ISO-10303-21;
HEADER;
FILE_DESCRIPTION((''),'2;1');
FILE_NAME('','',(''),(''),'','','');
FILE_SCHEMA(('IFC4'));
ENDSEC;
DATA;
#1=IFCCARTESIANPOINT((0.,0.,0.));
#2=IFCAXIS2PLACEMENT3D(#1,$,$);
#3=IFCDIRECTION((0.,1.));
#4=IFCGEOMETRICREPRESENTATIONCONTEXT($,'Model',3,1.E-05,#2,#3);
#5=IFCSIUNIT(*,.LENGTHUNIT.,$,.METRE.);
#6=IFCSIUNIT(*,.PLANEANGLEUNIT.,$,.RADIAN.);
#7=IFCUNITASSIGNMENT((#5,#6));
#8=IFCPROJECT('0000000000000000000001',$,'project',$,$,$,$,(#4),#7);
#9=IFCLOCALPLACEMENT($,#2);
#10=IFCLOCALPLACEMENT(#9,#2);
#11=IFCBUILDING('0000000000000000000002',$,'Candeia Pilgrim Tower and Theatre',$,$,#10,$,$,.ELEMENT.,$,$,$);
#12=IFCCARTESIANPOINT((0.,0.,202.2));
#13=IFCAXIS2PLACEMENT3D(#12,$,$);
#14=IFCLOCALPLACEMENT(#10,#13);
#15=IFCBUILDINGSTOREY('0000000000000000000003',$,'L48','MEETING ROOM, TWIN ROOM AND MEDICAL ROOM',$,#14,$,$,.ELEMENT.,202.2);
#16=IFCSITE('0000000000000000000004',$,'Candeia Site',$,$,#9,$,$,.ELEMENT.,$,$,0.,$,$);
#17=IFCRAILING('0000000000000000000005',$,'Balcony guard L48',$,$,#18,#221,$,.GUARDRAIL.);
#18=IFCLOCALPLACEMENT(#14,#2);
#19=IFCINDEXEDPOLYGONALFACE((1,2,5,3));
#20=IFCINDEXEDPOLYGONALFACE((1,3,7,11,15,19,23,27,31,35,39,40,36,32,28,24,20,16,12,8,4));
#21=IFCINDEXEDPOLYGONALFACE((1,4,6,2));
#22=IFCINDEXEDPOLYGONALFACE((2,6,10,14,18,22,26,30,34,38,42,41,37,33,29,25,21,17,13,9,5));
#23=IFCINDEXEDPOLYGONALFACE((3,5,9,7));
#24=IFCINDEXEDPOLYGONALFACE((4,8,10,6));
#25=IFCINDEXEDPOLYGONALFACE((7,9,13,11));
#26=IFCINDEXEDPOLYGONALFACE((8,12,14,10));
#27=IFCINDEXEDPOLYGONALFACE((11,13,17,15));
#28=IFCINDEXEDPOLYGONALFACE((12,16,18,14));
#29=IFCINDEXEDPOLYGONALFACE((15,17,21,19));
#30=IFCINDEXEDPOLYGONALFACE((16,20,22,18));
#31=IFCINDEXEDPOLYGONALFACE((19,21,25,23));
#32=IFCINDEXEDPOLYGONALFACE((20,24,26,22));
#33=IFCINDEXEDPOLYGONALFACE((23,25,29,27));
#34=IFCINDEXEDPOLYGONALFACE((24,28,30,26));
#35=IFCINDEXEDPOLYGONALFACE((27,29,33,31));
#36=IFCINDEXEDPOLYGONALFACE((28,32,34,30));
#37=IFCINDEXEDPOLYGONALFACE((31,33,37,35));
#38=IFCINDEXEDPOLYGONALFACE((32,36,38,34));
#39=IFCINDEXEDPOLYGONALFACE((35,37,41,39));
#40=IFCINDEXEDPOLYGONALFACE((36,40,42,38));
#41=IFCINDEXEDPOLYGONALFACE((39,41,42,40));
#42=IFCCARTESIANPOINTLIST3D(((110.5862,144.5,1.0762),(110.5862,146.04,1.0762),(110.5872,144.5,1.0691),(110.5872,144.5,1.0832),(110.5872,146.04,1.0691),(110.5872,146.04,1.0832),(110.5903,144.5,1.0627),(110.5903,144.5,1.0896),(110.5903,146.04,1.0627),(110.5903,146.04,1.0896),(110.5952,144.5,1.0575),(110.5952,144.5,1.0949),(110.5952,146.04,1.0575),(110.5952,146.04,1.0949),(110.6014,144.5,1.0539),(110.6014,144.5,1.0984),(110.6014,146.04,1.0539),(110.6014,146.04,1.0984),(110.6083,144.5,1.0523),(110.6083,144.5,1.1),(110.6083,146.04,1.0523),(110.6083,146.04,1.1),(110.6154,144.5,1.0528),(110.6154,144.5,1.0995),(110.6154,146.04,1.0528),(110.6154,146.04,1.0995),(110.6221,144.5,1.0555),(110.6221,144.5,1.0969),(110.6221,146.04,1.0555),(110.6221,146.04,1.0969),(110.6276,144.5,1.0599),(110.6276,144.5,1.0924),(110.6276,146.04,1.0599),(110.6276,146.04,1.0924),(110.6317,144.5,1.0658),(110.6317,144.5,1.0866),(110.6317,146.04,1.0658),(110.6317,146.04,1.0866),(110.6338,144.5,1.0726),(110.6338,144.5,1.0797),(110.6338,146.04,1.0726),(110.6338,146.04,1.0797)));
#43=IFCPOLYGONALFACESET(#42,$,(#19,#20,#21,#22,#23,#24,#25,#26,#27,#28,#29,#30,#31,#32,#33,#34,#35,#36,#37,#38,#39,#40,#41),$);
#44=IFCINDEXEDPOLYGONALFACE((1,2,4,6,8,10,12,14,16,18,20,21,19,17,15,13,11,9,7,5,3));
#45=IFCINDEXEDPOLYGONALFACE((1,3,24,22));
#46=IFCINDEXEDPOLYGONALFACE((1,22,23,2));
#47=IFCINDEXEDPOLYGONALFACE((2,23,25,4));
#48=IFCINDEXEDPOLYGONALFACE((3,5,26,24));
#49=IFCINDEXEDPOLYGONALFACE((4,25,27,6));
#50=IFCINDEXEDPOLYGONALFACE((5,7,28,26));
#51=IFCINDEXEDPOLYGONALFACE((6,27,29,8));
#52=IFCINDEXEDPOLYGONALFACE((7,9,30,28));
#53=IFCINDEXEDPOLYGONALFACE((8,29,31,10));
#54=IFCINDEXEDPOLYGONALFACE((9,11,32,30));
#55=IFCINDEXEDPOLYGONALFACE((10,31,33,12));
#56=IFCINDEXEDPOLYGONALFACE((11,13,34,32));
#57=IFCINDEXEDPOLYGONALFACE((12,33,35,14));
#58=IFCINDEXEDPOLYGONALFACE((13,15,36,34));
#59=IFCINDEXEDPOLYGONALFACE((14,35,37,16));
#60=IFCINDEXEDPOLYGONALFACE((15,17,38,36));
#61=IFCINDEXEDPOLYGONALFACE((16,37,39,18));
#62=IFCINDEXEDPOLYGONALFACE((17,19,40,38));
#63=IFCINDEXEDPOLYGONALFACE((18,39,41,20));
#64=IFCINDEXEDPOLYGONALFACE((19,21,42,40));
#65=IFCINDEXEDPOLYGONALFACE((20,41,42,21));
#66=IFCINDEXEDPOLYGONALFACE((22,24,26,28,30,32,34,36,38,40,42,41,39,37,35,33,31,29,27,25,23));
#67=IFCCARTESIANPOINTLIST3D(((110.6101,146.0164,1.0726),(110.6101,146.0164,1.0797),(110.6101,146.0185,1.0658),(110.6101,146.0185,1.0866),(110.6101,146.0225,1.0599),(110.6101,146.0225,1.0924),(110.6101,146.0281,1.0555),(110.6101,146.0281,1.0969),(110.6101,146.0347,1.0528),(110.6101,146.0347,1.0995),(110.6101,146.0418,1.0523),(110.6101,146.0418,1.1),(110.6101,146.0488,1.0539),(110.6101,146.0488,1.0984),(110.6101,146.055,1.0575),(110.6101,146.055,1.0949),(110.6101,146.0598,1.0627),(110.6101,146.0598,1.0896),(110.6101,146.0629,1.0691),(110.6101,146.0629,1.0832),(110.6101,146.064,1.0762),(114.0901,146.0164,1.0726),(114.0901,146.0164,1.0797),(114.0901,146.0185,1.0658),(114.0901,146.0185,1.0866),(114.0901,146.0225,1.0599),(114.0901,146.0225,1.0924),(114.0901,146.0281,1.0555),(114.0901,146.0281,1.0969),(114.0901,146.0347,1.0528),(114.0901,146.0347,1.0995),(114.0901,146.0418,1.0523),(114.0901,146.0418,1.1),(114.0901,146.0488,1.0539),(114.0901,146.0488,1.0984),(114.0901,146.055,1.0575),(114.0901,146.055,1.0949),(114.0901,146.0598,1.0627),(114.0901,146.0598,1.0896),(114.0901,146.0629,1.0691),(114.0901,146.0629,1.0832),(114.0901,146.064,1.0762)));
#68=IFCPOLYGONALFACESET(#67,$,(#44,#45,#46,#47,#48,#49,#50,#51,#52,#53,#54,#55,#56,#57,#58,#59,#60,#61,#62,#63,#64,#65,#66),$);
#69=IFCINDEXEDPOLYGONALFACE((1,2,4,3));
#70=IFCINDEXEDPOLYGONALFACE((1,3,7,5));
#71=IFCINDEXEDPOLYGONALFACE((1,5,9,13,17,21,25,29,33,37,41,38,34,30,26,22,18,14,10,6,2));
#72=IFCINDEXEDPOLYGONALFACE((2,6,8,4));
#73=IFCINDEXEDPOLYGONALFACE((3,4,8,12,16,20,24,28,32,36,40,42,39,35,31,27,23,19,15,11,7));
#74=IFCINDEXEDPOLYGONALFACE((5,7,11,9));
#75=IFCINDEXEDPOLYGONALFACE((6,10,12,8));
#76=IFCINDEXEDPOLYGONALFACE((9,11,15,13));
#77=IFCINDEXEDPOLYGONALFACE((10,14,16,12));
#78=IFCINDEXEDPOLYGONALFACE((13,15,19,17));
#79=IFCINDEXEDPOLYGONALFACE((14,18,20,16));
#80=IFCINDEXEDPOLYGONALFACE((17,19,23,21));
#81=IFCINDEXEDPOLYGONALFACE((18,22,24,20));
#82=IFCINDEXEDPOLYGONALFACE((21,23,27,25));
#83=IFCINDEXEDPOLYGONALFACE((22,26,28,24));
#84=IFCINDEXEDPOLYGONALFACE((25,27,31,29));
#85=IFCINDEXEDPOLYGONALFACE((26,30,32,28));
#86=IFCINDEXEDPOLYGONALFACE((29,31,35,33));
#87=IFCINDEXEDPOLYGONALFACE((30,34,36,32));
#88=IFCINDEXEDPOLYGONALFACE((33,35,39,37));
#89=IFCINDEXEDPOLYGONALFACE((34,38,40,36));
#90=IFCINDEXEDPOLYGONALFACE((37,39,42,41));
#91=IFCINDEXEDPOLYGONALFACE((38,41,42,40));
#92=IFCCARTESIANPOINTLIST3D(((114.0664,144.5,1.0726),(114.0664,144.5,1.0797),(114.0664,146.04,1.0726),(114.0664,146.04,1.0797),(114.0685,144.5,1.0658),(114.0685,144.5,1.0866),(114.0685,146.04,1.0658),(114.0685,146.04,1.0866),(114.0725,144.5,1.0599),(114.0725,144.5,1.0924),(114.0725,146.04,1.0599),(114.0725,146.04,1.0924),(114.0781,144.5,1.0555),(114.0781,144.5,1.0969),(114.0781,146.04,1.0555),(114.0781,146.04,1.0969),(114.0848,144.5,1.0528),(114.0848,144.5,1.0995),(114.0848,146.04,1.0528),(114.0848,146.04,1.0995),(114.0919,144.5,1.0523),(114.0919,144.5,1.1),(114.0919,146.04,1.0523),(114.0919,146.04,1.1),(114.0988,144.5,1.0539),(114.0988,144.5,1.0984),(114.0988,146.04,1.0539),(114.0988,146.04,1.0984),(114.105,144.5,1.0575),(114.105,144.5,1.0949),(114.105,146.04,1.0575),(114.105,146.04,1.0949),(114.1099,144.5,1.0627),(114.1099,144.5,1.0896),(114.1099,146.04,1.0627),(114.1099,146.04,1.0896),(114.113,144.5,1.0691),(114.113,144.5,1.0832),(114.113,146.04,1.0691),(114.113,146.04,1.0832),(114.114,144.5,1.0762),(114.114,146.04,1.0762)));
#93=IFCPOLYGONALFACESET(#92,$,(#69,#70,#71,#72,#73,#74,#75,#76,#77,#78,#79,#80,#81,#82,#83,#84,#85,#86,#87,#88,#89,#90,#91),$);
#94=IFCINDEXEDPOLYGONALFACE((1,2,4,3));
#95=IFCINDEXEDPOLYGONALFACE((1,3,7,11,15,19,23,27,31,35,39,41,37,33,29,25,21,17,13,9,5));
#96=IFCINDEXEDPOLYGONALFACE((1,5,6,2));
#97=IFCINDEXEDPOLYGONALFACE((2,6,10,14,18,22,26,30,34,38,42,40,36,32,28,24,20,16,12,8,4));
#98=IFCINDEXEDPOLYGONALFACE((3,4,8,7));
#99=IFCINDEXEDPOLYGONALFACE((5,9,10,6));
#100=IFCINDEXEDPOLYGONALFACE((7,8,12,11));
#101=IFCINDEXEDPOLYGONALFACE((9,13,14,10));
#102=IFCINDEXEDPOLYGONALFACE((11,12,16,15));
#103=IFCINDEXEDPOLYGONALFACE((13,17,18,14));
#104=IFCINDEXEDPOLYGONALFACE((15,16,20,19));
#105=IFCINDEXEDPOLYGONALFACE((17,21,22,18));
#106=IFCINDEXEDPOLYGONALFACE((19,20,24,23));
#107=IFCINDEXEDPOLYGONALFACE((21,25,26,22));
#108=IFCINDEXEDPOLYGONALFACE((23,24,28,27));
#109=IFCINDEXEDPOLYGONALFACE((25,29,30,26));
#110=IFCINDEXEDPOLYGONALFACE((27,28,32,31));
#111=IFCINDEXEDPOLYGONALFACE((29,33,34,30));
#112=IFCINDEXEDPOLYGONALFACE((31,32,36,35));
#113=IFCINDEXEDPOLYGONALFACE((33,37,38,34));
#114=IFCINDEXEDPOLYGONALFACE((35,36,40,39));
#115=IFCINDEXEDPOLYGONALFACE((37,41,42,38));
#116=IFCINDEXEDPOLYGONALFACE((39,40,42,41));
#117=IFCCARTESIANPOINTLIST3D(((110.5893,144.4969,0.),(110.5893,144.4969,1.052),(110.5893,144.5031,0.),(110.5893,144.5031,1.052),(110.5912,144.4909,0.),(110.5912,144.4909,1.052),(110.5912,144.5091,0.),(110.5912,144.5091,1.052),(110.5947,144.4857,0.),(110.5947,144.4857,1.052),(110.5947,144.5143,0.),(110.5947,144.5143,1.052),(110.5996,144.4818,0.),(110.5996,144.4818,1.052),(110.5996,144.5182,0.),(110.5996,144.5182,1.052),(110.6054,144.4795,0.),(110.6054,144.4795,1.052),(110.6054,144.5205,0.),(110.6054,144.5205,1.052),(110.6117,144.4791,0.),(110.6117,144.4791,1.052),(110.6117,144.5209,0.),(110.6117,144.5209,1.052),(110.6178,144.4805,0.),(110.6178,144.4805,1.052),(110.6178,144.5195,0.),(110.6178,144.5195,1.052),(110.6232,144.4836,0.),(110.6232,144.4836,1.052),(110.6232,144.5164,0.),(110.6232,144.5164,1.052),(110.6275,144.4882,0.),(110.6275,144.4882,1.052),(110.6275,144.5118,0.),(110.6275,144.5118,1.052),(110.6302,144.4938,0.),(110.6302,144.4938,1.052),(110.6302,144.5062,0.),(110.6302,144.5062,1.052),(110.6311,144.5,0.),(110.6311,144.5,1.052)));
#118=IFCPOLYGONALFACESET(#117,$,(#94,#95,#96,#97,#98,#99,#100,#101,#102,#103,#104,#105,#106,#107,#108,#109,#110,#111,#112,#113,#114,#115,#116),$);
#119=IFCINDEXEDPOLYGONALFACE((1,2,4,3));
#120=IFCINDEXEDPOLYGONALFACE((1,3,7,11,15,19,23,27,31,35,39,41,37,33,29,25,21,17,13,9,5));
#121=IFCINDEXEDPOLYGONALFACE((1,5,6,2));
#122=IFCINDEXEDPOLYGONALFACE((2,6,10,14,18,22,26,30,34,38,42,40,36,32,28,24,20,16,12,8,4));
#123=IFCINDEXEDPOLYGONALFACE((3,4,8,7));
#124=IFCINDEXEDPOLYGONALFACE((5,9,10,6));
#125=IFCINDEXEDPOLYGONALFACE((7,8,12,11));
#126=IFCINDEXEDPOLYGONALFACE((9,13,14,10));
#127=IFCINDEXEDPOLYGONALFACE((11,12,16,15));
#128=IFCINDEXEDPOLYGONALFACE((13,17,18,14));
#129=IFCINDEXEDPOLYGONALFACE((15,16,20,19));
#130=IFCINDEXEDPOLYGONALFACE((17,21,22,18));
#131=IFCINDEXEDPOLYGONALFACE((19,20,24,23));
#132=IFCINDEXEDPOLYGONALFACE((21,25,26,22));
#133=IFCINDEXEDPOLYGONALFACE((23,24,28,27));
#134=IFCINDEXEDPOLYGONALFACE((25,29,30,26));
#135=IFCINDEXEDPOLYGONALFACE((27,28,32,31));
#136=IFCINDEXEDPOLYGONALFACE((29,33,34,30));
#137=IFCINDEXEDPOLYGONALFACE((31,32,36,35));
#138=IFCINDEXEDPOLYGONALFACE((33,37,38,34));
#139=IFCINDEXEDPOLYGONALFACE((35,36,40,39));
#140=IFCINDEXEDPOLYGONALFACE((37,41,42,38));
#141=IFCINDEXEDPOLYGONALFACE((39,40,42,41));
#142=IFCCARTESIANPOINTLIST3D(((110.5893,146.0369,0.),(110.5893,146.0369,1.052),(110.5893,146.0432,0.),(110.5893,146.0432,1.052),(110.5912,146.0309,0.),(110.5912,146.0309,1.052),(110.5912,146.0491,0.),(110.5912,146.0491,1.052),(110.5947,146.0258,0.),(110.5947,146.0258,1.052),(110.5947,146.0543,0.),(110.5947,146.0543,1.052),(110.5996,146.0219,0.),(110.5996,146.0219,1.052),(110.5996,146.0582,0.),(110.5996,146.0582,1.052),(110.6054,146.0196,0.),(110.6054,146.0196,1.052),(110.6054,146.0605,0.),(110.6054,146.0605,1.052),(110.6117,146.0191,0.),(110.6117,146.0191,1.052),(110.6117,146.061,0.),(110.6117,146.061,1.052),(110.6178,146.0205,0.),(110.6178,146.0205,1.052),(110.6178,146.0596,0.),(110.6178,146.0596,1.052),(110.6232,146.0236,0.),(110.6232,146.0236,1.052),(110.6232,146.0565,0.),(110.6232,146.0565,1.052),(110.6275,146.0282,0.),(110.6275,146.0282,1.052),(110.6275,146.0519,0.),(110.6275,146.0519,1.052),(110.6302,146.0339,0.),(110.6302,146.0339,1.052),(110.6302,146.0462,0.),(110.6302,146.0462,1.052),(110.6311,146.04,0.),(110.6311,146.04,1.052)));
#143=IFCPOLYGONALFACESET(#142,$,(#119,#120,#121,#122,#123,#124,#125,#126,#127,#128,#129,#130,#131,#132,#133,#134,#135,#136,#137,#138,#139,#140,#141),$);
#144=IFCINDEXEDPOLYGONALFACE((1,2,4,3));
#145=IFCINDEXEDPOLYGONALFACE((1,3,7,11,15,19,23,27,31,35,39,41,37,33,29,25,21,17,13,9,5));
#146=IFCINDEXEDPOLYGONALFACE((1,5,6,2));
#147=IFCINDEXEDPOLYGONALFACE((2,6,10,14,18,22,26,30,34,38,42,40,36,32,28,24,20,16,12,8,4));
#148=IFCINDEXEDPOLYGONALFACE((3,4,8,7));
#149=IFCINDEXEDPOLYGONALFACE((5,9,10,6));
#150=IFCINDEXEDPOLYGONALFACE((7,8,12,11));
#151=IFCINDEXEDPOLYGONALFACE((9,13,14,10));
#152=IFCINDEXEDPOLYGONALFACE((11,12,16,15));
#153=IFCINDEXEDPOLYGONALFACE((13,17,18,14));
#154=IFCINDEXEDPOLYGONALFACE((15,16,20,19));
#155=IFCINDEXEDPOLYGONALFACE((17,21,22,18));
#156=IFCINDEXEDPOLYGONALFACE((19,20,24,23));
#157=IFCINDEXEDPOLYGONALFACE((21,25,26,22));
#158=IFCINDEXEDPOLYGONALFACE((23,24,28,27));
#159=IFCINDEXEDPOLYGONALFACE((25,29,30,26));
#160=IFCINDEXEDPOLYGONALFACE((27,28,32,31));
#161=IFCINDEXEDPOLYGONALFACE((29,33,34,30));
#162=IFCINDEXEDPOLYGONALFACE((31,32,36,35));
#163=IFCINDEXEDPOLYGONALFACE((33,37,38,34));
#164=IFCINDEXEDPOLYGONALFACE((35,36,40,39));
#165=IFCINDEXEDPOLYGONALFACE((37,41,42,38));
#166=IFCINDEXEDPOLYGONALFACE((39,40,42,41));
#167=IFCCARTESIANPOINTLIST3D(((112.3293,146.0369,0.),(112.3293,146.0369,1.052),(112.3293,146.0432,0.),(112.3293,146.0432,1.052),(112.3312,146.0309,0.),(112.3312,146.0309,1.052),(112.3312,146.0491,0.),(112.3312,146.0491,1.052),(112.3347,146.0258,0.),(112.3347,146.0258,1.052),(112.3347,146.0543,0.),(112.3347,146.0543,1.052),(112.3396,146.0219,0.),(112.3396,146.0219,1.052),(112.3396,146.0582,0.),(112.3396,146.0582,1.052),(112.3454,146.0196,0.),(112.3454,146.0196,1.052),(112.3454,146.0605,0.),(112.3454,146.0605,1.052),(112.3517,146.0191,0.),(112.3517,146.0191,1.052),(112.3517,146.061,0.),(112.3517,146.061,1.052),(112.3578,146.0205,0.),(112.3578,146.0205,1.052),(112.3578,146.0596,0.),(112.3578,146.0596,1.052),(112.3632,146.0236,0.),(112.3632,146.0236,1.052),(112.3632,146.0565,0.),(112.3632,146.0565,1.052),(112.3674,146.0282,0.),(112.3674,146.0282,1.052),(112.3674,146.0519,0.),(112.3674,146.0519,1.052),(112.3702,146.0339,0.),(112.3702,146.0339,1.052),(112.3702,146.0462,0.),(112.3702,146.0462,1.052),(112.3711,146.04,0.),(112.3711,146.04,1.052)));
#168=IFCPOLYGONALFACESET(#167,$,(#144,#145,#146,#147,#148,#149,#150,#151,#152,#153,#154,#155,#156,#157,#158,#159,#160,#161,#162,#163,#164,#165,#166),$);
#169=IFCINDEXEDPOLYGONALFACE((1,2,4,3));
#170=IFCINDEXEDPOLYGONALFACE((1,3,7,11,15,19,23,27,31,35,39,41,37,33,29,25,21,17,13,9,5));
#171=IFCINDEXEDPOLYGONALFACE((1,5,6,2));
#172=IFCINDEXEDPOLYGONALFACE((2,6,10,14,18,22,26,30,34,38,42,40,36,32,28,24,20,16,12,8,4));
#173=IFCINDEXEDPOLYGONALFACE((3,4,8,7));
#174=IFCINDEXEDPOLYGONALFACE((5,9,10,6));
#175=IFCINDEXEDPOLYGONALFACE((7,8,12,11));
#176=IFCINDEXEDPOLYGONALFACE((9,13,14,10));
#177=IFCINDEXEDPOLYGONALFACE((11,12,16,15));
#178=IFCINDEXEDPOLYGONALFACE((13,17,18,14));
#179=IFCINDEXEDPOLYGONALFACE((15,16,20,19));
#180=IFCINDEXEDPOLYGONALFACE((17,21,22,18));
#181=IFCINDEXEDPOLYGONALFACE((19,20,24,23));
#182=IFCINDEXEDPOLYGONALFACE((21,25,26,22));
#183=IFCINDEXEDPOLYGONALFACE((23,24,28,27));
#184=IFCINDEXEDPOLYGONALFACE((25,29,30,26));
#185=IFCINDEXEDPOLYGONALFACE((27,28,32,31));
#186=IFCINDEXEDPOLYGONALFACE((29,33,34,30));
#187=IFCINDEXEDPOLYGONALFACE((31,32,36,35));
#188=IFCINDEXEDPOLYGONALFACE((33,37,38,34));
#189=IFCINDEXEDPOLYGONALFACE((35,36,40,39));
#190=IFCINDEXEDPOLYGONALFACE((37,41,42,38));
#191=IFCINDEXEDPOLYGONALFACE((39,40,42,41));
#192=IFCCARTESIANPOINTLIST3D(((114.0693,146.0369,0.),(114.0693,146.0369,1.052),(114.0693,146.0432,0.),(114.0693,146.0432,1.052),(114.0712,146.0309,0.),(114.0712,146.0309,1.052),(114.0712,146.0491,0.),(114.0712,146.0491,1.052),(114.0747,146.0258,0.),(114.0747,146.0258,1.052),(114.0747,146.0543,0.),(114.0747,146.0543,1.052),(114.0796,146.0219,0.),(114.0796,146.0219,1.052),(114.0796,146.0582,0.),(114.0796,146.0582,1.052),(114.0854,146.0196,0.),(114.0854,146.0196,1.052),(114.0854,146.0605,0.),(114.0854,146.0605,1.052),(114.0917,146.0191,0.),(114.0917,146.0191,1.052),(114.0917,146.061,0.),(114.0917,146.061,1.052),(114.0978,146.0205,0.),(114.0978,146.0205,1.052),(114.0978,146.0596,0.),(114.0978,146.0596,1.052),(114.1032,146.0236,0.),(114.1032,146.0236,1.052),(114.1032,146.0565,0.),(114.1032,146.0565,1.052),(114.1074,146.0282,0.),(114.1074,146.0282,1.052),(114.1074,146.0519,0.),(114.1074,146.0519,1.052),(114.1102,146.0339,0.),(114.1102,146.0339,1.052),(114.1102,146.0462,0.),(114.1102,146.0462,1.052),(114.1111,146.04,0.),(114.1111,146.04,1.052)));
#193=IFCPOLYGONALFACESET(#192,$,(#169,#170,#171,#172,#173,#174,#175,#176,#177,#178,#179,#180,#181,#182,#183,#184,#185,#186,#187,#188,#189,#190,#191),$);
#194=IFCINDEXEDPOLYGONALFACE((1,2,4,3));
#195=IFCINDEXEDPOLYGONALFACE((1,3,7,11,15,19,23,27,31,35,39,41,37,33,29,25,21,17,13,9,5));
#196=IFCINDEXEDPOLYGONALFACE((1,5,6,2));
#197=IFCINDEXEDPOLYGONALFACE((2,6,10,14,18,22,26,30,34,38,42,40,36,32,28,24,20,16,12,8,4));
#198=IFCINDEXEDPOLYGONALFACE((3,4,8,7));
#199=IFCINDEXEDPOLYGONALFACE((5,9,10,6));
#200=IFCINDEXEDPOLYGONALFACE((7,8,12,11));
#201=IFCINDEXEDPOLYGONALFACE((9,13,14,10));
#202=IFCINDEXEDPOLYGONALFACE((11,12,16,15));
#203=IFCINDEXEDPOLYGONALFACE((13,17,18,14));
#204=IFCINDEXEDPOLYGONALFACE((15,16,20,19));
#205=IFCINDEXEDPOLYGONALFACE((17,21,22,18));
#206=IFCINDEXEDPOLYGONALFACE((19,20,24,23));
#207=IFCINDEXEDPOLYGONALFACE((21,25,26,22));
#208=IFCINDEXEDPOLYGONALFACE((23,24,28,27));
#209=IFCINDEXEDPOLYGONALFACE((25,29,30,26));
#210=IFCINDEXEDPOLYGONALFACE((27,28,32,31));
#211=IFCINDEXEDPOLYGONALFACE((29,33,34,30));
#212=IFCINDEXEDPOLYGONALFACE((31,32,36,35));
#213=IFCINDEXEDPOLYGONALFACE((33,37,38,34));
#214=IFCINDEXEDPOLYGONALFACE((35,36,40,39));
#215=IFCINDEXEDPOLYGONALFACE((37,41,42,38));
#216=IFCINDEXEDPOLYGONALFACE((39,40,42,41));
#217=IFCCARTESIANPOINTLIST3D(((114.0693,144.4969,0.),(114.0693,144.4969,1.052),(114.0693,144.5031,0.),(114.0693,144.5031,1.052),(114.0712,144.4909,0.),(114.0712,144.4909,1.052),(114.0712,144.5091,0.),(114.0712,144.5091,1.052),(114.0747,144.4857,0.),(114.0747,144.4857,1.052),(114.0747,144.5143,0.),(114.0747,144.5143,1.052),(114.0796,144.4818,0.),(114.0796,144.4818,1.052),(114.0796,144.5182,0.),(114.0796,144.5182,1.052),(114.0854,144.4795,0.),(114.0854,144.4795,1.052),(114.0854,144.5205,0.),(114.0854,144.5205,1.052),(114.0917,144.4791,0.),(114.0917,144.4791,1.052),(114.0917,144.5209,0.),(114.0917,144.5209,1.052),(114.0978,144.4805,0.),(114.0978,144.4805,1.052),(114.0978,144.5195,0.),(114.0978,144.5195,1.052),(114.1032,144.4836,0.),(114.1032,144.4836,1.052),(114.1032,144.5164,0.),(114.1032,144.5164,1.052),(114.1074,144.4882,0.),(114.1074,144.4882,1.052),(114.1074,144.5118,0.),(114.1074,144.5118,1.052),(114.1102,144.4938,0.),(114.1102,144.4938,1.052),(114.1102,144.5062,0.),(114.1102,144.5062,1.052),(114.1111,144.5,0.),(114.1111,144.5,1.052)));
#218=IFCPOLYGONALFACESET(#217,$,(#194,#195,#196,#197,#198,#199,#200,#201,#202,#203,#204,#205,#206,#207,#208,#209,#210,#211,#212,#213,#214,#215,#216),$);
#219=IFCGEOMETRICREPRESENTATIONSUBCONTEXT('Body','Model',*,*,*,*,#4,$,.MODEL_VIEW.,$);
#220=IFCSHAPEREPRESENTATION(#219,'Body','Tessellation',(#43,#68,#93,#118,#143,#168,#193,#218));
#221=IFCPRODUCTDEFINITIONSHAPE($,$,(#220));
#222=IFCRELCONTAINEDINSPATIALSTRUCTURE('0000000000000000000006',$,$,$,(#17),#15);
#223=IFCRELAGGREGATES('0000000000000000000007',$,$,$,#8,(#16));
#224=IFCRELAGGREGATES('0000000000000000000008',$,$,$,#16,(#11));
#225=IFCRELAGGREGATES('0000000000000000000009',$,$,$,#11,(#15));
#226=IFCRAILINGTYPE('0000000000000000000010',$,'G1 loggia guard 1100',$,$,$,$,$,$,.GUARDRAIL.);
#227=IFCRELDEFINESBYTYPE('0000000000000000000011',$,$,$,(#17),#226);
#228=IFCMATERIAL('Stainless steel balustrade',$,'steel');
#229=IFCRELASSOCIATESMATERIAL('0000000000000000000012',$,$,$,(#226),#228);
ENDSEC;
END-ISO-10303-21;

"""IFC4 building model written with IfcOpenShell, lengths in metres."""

from ifc_helpers import new_model, si_unit, direction, frame, origin, origin_2d, place, context, subcontext, project, spatial, circle, extrude, material, type_object, element, save


model = new_model("IFC4")

# Units and contexts
model_context = context("Model", 3, precision=1e-05, world=origin(), true_north=direction((0.0, 1.0)))
body_context = subcontext(model_context, "Body", "Model", "MODEL_VIEW")
ifc_project = project(units=[si_unit("LENGTHUNIT", "METRE"), si_unit("PLANEANGLEUNIT", "RADIAN")], contexts=[model_context])

# Site, building, storey
site_placement = place(None, origin())
site = spatial("IfcSite", under=ifc_project, at=site_placement, Name="Candeia Site", CompositionType="ELEMENT", RefElevation=0.0)
building_placement = place(site_placement, origin())
building = spatial("IfcBuilding", under=site, at=building_placement, Name="Candeia Pilgrim Tower and Theatre", CompositionType="ELEMENT")
storey_placement = place(building_placement, frame((0.0, 0.0, 202.2)))
storey = spatial("IfcBuildingStorey", under=building, at=storey_placement, Name="L48", Description="MEETING ROOM, TWIN ROOM AND MEDICAL ROOM", CompositionType="ELEMENT", Elevation=202.2)

# Railing
ifc_material_1 = material(Name="Stainless steel balustrade", Category="steel")
railing_type = type_object("IfcRailingType", Name="G1 loggia guard 1100", PredefinedType="GUARDRAIL", material=ifc_material_1)
railing_placement = place(storey_placement, frame((110.6101, 144.5, 0.0)))
element("IfcRailing", 1, at=railing_placement, inside=storey, type_object=railing_type, Name="Balcony guard L48", PredefinedType="GUARDRAIL", context=body_context, shape_type="SweptSolid", body=[
    extrude(circle(Radius=0.0239, at=origin_2d()), frame((0.0, 0.0, 1.0762), z_axis=(0.0, 1.0, 0.0), x_axis=(-1.0, 0.0, 0.0)), (0.0, 0.0, 1.0), 1.54),
    extrude(circle(Radius=0.0239, at=origin_2d()), frame((0.0, 1.54, 1.0762), z_axis=(1.0, 0.0, 0.0), x_axis=(0.0, 1.0, 0.0)), (0.0, 0.0, 1.0), 3.48),
    extrude(circle(Radius=0.0239, at=origin_2d()), frame((3.48, 1.54, 1.0762), z_axis=(0.0, -1.0, 0.0), x_axis=(1.0, 0.0, 0.0)), (0.0, 0.0, 1.0), 1.54),
    extrude(circle(Radius=0.021, at=origin_2d()), origin(), (0.0, 0.0, 1.0), 1.052),
    extrude(circle(Radius=0.021, at=origin_2d()), frame((0.0, 1.54, 0.0)), (0.0, 0.0, 1.0), 1.052),
    extrude(circle(Radius=0.021, at=origin_2d()), frame((1.74, 1.54, 0.0)), (0.0, 0.0, 1.0), 1.052),
    extrude(circle(Radius=0.021, at=origin_2d()), frame((3.48, 1.54, 0.0)), (0.0, 0.0, 1.0), 1.052),
    extrude(circle(Radius=0.021, at=origin_2d()), frame((3.48, 0.0, 0.0)), (0.0, 0.0, 1.0), 1.052),
])

save(model, "model.ifc")
